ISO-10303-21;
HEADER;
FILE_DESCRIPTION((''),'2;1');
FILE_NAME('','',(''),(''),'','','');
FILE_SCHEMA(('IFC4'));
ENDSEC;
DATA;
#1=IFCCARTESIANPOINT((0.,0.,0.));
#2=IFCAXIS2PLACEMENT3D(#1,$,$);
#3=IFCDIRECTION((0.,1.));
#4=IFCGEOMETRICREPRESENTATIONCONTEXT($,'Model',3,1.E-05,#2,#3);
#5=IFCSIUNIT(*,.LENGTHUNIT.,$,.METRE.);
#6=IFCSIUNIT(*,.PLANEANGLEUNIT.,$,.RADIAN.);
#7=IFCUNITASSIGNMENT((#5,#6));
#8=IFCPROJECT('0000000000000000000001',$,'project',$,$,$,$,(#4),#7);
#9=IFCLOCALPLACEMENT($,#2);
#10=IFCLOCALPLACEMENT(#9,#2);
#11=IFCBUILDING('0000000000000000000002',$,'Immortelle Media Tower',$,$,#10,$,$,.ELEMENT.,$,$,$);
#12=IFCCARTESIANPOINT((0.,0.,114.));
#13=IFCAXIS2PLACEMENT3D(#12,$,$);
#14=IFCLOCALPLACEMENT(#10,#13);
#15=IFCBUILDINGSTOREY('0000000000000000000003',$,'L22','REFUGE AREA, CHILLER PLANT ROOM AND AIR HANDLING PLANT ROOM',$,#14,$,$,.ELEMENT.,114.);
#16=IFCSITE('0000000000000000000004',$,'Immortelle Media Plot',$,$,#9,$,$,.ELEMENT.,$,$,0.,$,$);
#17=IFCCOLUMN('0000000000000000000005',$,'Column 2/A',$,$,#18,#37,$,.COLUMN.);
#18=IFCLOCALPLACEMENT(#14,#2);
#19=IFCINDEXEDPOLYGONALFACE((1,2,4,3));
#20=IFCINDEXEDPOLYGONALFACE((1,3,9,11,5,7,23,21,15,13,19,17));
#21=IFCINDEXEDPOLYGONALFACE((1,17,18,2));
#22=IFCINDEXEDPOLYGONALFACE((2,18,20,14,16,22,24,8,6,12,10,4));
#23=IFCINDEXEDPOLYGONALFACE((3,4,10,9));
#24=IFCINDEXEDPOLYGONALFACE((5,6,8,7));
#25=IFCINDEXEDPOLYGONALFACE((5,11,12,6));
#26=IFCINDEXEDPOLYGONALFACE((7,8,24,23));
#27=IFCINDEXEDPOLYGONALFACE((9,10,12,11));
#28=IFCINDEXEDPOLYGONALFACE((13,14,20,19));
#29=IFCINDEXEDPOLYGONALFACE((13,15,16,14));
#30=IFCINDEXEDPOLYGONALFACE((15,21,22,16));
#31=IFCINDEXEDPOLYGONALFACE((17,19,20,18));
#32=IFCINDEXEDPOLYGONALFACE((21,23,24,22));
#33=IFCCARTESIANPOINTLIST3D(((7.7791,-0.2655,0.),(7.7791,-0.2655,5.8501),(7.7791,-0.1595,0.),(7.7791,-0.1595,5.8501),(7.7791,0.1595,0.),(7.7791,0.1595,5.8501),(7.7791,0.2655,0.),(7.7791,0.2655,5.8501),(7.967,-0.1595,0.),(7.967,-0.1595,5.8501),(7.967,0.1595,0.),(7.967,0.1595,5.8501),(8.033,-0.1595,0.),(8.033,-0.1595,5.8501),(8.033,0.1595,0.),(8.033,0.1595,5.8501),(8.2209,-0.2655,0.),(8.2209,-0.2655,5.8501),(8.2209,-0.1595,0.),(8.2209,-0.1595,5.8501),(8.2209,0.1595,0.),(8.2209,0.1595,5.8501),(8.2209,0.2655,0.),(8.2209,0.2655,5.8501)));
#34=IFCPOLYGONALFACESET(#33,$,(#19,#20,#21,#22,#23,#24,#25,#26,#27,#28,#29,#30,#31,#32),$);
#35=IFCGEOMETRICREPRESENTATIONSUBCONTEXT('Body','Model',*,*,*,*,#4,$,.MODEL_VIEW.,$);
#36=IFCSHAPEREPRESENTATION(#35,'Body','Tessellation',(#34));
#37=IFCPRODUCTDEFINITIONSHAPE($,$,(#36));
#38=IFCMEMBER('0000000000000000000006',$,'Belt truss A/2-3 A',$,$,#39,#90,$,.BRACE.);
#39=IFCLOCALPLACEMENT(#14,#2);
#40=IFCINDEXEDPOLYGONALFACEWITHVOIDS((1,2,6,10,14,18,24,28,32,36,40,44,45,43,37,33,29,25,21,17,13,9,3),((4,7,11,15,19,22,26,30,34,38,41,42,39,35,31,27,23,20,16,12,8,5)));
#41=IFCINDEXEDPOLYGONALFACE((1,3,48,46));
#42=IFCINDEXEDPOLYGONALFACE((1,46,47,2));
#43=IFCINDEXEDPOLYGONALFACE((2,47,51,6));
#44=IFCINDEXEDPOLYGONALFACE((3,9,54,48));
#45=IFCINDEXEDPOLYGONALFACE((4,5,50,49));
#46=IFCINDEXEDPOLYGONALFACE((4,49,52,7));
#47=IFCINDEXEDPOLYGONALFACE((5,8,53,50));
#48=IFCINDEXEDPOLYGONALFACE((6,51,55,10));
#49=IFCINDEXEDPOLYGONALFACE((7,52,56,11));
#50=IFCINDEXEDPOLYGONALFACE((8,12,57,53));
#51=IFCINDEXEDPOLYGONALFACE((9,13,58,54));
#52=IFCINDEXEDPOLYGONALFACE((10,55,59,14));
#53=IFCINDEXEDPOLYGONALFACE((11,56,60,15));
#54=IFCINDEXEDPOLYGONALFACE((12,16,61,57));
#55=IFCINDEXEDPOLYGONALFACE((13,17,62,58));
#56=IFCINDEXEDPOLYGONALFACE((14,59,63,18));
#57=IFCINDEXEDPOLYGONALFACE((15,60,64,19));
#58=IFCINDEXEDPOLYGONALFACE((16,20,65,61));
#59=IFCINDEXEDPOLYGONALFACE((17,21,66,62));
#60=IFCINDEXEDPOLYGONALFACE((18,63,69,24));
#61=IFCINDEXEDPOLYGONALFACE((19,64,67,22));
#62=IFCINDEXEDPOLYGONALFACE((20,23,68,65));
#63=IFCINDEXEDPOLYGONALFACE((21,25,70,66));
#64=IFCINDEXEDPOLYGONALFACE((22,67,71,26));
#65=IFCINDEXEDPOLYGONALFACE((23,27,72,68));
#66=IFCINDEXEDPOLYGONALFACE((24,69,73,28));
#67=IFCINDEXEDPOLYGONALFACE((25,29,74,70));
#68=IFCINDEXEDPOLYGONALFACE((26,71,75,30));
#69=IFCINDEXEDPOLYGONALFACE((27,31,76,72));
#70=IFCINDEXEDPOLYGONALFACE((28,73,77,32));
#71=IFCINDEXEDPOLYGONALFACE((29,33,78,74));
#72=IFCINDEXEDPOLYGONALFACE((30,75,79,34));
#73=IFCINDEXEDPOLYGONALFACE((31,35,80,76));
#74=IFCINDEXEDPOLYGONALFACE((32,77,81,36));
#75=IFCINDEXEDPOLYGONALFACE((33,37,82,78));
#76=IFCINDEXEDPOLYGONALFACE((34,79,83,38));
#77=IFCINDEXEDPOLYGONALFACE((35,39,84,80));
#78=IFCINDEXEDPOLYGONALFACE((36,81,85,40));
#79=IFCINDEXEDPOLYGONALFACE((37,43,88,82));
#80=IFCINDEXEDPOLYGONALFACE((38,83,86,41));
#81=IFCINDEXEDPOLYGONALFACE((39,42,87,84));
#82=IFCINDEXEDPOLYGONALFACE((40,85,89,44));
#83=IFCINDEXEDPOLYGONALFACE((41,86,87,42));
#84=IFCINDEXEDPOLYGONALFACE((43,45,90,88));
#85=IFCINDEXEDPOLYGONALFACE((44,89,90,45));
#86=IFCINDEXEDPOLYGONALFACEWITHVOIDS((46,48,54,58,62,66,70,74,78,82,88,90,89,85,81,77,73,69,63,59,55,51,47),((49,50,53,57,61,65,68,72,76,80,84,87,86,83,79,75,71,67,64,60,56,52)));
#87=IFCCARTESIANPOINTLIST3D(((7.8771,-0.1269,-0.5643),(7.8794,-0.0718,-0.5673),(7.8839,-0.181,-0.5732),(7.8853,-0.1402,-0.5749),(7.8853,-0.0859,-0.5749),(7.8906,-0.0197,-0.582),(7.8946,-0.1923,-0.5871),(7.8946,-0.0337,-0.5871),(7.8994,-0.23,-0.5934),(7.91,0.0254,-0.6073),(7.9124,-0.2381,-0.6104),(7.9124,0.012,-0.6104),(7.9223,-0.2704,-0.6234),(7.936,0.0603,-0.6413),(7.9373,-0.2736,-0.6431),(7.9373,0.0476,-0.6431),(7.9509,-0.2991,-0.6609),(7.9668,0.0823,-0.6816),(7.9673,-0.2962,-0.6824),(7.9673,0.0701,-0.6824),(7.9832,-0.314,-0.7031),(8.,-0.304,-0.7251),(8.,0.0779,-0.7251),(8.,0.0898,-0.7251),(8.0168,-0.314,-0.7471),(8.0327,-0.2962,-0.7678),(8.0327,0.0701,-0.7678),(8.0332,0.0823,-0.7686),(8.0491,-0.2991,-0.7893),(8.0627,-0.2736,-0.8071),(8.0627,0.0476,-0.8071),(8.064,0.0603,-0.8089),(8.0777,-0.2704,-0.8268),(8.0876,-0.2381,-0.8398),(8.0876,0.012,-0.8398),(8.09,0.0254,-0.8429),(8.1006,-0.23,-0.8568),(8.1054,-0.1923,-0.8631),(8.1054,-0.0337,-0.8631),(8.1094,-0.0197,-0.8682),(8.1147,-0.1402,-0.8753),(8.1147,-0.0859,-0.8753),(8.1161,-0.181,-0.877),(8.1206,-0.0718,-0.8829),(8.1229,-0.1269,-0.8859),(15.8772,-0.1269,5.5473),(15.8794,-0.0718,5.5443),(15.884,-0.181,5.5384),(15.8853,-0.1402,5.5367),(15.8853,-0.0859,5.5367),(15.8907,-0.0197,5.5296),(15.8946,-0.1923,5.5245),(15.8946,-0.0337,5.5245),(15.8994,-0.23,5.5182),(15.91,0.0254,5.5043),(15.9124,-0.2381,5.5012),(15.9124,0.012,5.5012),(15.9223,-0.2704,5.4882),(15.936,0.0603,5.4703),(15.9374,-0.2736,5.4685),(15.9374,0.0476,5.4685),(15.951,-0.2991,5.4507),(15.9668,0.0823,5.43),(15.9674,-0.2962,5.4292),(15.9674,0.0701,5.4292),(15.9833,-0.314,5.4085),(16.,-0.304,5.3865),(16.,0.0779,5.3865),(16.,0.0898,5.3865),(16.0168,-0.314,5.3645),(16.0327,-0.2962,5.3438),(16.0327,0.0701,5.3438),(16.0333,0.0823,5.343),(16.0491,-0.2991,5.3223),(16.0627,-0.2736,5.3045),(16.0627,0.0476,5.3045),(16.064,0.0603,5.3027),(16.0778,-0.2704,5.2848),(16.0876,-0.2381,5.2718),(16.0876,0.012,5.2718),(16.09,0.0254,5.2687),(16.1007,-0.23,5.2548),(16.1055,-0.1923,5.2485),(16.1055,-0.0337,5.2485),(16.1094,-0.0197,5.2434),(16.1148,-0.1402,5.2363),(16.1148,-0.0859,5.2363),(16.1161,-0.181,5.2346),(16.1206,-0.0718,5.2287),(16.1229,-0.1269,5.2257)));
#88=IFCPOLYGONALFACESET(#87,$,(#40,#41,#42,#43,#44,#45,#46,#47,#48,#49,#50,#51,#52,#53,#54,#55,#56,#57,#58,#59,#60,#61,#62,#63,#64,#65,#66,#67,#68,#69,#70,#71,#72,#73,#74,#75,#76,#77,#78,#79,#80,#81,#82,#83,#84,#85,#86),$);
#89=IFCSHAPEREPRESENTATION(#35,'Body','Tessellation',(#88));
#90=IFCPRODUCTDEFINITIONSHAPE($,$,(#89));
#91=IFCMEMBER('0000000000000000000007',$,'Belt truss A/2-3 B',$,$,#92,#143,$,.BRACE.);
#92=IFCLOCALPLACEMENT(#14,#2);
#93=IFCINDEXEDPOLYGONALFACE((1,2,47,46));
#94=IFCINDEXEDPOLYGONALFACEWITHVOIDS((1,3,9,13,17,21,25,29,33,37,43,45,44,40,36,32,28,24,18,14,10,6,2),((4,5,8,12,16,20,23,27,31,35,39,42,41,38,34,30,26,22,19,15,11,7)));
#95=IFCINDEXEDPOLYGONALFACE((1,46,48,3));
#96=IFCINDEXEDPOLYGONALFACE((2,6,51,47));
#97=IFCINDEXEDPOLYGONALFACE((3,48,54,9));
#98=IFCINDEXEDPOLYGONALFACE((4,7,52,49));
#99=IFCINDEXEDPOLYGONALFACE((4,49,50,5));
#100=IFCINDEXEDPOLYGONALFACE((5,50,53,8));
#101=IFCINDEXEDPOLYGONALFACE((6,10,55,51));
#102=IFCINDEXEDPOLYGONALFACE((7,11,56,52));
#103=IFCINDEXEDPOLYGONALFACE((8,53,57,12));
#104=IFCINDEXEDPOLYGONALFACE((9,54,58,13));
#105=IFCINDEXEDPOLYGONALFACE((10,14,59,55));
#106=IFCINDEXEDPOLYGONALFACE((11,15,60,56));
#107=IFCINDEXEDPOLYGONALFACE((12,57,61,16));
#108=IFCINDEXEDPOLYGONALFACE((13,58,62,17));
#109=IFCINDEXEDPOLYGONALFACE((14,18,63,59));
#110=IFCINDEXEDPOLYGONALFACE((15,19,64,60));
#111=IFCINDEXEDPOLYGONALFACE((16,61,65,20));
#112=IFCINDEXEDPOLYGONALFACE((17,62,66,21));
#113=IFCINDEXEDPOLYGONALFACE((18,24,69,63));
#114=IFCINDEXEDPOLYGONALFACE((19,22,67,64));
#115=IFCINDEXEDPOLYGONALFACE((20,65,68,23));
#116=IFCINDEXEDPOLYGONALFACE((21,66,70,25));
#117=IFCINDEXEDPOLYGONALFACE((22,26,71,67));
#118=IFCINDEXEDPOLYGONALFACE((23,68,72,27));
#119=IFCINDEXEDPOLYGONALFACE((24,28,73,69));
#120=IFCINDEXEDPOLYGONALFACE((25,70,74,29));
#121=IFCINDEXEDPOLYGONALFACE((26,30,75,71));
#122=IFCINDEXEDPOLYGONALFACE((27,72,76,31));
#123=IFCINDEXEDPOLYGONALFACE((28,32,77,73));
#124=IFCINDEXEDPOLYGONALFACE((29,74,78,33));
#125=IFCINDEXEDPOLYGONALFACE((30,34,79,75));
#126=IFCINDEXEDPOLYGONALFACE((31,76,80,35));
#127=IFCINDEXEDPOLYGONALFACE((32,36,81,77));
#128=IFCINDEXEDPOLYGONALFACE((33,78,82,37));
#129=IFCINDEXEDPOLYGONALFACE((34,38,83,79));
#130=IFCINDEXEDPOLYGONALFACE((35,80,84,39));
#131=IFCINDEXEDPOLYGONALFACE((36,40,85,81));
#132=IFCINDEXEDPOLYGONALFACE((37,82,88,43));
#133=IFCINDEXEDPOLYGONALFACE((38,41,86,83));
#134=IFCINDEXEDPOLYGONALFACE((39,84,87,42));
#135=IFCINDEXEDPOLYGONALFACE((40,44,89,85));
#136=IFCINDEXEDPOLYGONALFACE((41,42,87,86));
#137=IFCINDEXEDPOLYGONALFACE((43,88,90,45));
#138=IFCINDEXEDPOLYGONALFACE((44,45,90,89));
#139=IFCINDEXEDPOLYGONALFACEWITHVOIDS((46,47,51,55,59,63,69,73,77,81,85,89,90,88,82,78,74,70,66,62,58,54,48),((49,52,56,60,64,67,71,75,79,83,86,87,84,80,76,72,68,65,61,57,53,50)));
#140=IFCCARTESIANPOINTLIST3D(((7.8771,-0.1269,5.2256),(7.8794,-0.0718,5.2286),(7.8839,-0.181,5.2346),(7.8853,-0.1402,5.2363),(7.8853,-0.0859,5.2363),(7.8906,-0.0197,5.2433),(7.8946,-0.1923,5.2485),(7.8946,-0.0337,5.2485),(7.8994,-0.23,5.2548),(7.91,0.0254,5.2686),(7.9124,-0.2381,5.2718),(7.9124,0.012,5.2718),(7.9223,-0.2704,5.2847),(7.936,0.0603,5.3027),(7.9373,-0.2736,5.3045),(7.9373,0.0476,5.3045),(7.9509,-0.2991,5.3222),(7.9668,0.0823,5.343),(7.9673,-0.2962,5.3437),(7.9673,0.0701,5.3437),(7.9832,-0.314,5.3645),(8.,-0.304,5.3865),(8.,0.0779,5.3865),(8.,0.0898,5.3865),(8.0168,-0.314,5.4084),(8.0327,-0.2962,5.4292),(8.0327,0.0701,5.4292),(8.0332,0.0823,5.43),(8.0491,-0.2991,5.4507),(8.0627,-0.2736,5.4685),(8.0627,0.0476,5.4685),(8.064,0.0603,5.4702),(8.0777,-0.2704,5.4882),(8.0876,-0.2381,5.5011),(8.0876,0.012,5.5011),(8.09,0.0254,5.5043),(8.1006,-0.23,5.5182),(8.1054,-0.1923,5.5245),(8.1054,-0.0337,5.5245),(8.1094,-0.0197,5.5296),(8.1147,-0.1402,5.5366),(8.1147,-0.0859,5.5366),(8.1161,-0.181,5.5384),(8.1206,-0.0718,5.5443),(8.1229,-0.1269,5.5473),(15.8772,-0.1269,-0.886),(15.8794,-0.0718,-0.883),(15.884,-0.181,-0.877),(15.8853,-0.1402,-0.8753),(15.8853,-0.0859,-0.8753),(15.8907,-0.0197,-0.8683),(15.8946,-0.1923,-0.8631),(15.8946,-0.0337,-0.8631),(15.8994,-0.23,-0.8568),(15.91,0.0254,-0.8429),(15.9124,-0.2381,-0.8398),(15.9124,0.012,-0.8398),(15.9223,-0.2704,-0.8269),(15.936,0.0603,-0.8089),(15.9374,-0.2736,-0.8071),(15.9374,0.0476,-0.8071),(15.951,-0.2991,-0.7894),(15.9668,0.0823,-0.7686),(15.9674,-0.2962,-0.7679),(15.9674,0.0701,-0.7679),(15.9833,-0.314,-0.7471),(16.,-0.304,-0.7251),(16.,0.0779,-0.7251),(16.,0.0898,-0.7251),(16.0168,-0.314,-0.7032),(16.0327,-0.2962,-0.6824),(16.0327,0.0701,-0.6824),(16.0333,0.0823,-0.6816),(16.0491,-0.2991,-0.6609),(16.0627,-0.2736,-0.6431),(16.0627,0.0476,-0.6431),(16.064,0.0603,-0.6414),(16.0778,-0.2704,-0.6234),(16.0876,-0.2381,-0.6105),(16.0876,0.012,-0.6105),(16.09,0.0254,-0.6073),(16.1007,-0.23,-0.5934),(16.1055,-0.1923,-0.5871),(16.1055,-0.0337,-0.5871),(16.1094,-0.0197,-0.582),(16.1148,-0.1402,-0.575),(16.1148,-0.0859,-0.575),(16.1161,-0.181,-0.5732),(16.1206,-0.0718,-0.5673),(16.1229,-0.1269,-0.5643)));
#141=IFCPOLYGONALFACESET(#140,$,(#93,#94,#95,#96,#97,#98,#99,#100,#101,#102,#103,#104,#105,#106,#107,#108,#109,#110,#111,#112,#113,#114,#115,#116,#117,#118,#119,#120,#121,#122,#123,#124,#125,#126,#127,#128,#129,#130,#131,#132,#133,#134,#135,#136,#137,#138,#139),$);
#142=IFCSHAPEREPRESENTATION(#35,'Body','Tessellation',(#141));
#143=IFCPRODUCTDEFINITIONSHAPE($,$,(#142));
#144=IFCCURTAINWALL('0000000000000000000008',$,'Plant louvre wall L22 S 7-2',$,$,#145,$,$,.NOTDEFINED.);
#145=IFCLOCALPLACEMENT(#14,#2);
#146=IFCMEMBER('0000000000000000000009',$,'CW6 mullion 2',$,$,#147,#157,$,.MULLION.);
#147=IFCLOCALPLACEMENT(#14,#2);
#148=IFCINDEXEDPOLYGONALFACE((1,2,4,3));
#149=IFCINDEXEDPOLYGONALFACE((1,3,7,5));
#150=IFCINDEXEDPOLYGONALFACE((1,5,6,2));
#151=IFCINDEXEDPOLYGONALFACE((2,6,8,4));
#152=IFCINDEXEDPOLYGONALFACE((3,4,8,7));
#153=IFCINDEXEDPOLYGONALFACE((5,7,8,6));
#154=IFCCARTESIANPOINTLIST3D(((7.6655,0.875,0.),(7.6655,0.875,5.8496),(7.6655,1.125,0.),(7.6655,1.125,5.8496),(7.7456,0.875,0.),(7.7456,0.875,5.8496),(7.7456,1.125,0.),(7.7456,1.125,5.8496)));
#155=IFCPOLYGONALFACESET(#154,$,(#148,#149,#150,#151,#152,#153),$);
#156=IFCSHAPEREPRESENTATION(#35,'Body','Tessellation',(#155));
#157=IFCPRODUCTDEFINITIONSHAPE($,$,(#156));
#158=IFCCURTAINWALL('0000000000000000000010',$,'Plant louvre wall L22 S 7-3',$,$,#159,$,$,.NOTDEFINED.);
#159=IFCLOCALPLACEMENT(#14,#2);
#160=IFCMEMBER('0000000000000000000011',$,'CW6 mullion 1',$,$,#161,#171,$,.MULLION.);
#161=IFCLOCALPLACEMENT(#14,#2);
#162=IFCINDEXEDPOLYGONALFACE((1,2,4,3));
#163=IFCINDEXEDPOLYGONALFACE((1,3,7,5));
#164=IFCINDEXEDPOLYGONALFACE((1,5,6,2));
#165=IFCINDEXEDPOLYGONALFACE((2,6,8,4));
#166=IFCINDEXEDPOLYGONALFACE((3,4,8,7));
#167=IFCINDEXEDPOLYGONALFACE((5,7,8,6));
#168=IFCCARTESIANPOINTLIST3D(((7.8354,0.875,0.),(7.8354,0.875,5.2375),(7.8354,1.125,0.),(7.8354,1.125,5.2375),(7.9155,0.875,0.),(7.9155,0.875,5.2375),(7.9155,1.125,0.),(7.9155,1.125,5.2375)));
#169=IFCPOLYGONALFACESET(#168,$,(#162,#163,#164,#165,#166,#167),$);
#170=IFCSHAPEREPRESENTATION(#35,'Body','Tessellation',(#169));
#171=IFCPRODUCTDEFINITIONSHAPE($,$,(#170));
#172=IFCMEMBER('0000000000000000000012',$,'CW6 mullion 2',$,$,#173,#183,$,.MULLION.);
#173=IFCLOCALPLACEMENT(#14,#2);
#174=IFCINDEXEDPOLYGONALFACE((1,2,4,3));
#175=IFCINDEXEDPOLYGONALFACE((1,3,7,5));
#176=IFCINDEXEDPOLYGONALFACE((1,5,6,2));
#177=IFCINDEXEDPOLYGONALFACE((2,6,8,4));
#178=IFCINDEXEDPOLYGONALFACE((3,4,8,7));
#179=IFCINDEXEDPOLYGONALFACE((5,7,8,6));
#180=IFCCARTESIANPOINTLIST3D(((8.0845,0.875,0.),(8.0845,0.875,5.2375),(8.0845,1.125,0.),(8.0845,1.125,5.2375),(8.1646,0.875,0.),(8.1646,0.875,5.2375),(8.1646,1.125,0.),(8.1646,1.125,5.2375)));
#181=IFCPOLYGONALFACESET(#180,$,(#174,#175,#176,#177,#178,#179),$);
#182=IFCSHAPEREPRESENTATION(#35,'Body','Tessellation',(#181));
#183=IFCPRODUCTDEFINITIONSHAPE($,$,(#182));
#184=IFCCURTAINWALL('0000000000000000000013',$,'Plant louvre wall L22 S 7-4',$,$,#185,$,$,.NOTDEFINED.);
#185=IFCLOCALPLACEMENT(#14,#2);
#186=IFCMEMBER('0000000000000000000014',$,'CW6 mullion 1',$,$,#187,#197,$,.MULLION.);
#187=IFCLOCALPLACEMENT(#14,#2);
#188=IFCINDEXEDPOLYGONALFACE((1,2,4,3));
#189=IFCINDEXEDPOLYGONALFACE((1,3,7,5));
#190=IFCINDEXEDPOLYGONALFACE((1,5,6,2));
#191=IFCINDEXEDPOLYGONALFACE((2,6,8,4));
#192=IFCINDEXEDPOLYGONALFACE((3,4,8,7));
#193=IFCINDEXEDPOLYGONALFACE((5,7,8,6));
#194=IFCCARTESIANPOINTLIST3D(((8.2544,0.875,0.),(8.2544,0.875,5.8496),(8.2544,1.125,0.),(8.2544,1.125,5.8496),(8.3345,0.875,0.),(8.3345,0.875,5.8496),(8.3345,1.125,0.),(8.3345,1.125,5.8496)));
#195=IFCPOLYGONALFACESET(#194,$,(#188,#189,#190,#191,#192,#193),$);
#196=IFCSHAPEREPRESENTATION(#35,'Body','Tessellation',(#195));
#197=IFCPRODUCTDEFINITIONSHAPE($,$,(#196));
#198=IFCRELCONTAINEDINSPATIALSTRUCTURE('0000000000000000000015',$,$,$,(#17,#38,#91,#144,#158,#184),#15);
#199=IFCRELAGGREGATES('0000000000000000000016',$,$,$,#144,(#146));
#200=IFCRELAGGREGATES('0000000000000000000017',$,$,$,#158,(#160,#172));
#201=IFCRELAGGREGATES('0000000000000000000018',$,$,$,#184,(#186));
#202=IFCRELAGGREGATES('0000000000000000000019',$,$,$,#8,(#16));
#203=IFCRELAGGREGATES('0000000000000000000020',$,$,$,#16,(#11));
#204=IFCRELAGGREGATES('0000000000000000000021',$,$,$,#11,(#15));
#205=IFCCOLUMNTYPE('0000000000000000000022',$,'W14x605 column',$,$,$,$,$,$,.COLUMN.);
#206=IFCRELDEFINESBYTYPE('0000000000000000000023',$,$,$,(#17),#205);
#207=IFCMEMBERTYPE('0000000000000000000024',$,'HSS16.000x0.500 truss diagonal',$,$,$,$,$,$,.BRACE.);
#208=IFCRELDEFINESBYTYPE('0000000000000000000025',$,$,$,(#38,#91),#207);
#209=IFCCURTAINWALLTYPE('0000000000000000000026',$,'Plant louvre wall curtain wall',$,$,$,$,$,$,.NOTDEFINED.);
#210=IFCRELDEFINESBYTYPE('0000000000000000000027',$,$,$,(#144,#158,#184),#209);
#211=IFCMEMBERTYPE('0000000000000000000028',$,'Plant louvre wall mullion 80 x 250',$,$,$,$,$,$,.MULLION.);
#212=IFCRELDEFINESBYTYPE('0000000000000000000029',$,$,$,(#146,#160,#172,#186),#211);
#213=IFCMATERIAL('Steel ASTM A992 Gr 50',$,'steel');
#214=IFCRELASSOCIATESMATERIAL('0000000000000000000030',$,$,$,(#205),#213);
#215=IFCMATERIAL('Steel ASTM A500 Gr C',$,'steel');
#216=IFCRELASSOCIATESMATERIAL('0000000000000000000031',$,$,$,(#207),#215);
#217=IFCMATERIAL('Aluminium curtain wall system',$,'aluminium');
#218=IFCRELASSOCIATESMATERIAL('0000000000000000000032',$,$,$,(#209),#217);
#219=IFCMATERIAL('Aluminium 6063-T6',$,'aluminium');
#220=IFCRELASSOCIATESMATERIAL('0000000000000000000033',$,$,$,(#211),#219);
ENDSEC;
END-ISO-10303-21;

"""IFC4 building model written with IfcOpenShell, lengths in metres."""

from ifc_helpers import new_model, si_unit, direction, frame, origin, origin_2d, place, context, subcontext, project, spatial, rectangle, hollow_circle, i_section, extrude, material, material_profile, profile_set, type_object, element, aggregate, save


model = new_model("IFC4")

# Units and contexts
model_context = context("Model", 3, precision=1e-05, world=origin(), true_north=direction((0.0, 1.0)))
body_context = subcontext(model_context, "Body", "Model", "MODEL_VIEW")
ifc_project = project(units=[si_unit("LENGTHUNIT", "METRE"), si_unit("PLANEANGLEUNIT", "RADIAN")], contexts=[model_context])

# Site, building, storey
site_placement = place(None, origin())
site = spatial("IfcSite", under=ifc_project, at=site_placement, Name="Immortelle Media Plot", CompositionType="ELEMENT", RefElevation=0.0)
building_placement = place(site_placement, origin())
building = spatial("IfcBuilding", under=site, at=building_placement, Name="Immortelle Media Tower", CompositionType="ELEMENT")
storey_placement = place(building_placement, frame((0.0, 0.0, 114.0)))
storey = spatial("IfcBuildingStorey", under=building, at=storey_placement, Name="L22", Description="REFUGE AREA, CHILLER PLANT ROOM AND AIR HANDLING PLANT ROOM", CompositionType="ELEMENT", Elevation=114.0)

# Column
ifc_material_1 = material(Name="Steel ASTM A992 Gr 50", Category="steel")
ifc_material_profile_1 = material_profile(ifc_material_1, i_section(OverallWidth=0.4419, OverallDepth=0.531, WebThickness=0.0659, FlangeThickness=0.106, at=origin_2d()), Name="W14x605")
ifc_profile_set_1 = profile_set([ifc_material_profile_1], Name="Steel ASTM A992 Gr 50")
column_type = type_object("IfcColumnType", Name="W14x605 column", PredefinedType="COLUMN", material=ifc_profile_set_1)
column_placement = place(storey_placement, frame((8.0, 0.0, 0.0), z_axis=(0.0, 0.0, 1.0), x_axis=(1.0, 0.0, 0.0)))
element("IfcColumn", 1, at=column_placement, inside=storey, type_object=column_type, Name="Column 2/A", PredefinedType="COLUMN", context=body_context, shape_type="SweptSolid", body=[
    extrude(i_section(OverallWidth=0.4419, OverallDepth=0.531, WebThickness=0.0659, FlangeThickness=0.106, at=origin_2d()), origin(), (0.0, 0.0, 1.0), 5.8501),
])

# Members
ifc_material_2 = material(Name="Steel ASTM A500 Gr C", Category="steel")
ifc_material_profile_2 = material_profile(ifc_material_2, hollow_circle(Radius=0.2029, WallThickness=0.012, at=origin_2d()), Name="HSS16.000x0.500 truss diagonal")
ifc_profile_set_2 = profile_set([ifc_material_profile_2], Name="Steel ASTM A500 Gr C")
member_type_1 = type_object("IfcMemberType", Name="HSS16.000x0.500 truss diagonal", PredefinedType="BRACE", material=ifc_profile_set_2)
for number, where, z_axis, x_axis, name in (
    (2, (8.0, -0.113, -0.7251), (0.794649, 0.0, 0.607069), (0.0, 1.0, 0.0), "Belt truss A/2-3 A"),
    (3, (8.0, -0.113, 5.3865), (0.794649, 0.0, -0.607069), (0.0, 1.0, 0.0), "Belt truss A/2-3 B"),
):
    element("IfcMember", number, at=place(storey_placement, frame(where, z_axis=z_axis, x_axis=x_axis)), inside=storey, type_object=member_type_1, Name=name, PredefinedType="BRACE", context=body_context, shape_type="SweptSolid", body=[
        extrude(hollow_circle(Radius=0.2029, WallThickness=0.012, at=origin_2d()), origin(), (0.0, 0.0, 1.0), 10.0674),
    ])

# Curtain wall, member
ifc_material_3 = material(Name="Aluminium curtain wall system", Category="aluminium")
curtain_wall_type = type_object("IfcCurtainWallType", Name="Plant louvre wall curtain wall", PredefinedType="NOTDEFINED", material=ifc_material_3)
curtain_wall_1_placement = place(storey_placement, origin())
curtain_wall_1 = element("IfcCurtainWall", 4, at=curtain_wall_1_placement, inside=storey, type_object=curtain_wall_type, Name="Plant louvre wall L22 S 7-2", PredefinedType="NOTDEFINED")
ifc_material_4 = material(Name="Aluminium 6063-T6", Category="aluminium")
ifc_material_profile_3 = material_profile(ifc_material_4, rectangle(XDim=0.25, YDim=0.0801, at=origin_2d()), Name="AL 80x250")
ifc_profile_set_3 = profile_set([ifc_material_profile_3], Name="Aluminium 6063-T6")
member_type_2 = type_object("IfcMemberType", Name="Plant louvre wall mullion 80 x 250", PredefinedType="MULLION", material=ifc_profile_set_3)
member_1_placement = place(storey_placement, frame((7.7056, 1.0, 0.0), z_axis=(0.0, 0.0, 1.0), x_axis=(0.0, 1.0, 0.0)))
member_1 = element("IfcMember", 5, at=member_1_placement, type_object=member_type_2, Name="CW6 mullion 2", PredefinedType="MULLION", context=body_context, shape_type="SweptSolid", body=[
    extrude(rectangle(XDim=0.25, YDim=0.0801, at=origin_2d()), origin(), (0.0, 0.0, 1.0), 5.8496),
])

# Curtain walls, members
curtain_wall_2_placement = place(storey_placement, origin())
curtain_wall_2 = element("IfcCurtainWall", 6, at=curtain_wall_2_placement, inside=storey, type_object=curtain_wall_type, Name="Plant louvre wall L22 S 7-3", PredefinedType="NOTDEFINED")
member_2_placement = place(storey_placement, frame((7.8755, 1.0, 0.0), z_axis=(0.0, 0.0, 1.0), x_axis=(0.0, 1.0, 0.0)))
member_2 = element("IfcMember", 7, at=member_2_placement, type_object=member_type_2, Name="CW6 mullion 1", PredefinedType="MULLION", context=body_context, shape_type="SweptSolid", body=[
    extrude(rectangle(XDim=0.25, YDim=0.0801, at=origin_2d()), origin(), (0.0, 0.0, 1.0), 5.2375),
])
member_3_placement = place(storey_placement, frame((8.1245, 1.0, 0.0), z_axis=(0.0, 0.0, 1.0), x_axis=(0.0, 1.0, 0.0)))
member_3 = element("IfcMember", 8, at=member_3_placement, type_object=member_type_2, Name="CW6 mullion 2", PredefinedType="MULLION", context=body_context, shape_type="SweptSolid", body=[
    extrude(rectangle(XDim=0.25, YDim=0.0801, at=origin_2d()), origin(), (0.0, 0.0, 1.0), 5.2375),
])
curtain_wall_3_placement = place(storey_placement, origin())
curtain_wall_3 = element("IfcCurtainWall", 9, at=curtain_wall_3_placement, inside=storey, type_object=curtain_wall_type, Name="Plant louvre wall L22 S 7-4", PredefinedType="NOTDEFINED")
member_4_placement = place(storey_placement, frame((8.2944, 1.0, 0.0), z_axis=(0.0, 0.0, 1.0), x_axis=(0.0, 1.0, 0.0)))
member_4 = element("IfcMember", 10, at=member_4_placement, type_object=member_type_2, Name="CW6 mullion 1", PredefinedType="MULLION", context=body_context, shape_type="SweptSolid", body=[
    extrude(rectangle(XDim=0.25, YDim=0.0801, at=origin_2d()), origin(), (0.0, 0.0, 1.0), 5.8496),
])

aggregate(curtain_wall_1, [member_1])
aggregate(curtain_wall_2, [member_2, member_3])
aggregate(curtain_wall_3, [member_4])

save(model, "model.ifc")
